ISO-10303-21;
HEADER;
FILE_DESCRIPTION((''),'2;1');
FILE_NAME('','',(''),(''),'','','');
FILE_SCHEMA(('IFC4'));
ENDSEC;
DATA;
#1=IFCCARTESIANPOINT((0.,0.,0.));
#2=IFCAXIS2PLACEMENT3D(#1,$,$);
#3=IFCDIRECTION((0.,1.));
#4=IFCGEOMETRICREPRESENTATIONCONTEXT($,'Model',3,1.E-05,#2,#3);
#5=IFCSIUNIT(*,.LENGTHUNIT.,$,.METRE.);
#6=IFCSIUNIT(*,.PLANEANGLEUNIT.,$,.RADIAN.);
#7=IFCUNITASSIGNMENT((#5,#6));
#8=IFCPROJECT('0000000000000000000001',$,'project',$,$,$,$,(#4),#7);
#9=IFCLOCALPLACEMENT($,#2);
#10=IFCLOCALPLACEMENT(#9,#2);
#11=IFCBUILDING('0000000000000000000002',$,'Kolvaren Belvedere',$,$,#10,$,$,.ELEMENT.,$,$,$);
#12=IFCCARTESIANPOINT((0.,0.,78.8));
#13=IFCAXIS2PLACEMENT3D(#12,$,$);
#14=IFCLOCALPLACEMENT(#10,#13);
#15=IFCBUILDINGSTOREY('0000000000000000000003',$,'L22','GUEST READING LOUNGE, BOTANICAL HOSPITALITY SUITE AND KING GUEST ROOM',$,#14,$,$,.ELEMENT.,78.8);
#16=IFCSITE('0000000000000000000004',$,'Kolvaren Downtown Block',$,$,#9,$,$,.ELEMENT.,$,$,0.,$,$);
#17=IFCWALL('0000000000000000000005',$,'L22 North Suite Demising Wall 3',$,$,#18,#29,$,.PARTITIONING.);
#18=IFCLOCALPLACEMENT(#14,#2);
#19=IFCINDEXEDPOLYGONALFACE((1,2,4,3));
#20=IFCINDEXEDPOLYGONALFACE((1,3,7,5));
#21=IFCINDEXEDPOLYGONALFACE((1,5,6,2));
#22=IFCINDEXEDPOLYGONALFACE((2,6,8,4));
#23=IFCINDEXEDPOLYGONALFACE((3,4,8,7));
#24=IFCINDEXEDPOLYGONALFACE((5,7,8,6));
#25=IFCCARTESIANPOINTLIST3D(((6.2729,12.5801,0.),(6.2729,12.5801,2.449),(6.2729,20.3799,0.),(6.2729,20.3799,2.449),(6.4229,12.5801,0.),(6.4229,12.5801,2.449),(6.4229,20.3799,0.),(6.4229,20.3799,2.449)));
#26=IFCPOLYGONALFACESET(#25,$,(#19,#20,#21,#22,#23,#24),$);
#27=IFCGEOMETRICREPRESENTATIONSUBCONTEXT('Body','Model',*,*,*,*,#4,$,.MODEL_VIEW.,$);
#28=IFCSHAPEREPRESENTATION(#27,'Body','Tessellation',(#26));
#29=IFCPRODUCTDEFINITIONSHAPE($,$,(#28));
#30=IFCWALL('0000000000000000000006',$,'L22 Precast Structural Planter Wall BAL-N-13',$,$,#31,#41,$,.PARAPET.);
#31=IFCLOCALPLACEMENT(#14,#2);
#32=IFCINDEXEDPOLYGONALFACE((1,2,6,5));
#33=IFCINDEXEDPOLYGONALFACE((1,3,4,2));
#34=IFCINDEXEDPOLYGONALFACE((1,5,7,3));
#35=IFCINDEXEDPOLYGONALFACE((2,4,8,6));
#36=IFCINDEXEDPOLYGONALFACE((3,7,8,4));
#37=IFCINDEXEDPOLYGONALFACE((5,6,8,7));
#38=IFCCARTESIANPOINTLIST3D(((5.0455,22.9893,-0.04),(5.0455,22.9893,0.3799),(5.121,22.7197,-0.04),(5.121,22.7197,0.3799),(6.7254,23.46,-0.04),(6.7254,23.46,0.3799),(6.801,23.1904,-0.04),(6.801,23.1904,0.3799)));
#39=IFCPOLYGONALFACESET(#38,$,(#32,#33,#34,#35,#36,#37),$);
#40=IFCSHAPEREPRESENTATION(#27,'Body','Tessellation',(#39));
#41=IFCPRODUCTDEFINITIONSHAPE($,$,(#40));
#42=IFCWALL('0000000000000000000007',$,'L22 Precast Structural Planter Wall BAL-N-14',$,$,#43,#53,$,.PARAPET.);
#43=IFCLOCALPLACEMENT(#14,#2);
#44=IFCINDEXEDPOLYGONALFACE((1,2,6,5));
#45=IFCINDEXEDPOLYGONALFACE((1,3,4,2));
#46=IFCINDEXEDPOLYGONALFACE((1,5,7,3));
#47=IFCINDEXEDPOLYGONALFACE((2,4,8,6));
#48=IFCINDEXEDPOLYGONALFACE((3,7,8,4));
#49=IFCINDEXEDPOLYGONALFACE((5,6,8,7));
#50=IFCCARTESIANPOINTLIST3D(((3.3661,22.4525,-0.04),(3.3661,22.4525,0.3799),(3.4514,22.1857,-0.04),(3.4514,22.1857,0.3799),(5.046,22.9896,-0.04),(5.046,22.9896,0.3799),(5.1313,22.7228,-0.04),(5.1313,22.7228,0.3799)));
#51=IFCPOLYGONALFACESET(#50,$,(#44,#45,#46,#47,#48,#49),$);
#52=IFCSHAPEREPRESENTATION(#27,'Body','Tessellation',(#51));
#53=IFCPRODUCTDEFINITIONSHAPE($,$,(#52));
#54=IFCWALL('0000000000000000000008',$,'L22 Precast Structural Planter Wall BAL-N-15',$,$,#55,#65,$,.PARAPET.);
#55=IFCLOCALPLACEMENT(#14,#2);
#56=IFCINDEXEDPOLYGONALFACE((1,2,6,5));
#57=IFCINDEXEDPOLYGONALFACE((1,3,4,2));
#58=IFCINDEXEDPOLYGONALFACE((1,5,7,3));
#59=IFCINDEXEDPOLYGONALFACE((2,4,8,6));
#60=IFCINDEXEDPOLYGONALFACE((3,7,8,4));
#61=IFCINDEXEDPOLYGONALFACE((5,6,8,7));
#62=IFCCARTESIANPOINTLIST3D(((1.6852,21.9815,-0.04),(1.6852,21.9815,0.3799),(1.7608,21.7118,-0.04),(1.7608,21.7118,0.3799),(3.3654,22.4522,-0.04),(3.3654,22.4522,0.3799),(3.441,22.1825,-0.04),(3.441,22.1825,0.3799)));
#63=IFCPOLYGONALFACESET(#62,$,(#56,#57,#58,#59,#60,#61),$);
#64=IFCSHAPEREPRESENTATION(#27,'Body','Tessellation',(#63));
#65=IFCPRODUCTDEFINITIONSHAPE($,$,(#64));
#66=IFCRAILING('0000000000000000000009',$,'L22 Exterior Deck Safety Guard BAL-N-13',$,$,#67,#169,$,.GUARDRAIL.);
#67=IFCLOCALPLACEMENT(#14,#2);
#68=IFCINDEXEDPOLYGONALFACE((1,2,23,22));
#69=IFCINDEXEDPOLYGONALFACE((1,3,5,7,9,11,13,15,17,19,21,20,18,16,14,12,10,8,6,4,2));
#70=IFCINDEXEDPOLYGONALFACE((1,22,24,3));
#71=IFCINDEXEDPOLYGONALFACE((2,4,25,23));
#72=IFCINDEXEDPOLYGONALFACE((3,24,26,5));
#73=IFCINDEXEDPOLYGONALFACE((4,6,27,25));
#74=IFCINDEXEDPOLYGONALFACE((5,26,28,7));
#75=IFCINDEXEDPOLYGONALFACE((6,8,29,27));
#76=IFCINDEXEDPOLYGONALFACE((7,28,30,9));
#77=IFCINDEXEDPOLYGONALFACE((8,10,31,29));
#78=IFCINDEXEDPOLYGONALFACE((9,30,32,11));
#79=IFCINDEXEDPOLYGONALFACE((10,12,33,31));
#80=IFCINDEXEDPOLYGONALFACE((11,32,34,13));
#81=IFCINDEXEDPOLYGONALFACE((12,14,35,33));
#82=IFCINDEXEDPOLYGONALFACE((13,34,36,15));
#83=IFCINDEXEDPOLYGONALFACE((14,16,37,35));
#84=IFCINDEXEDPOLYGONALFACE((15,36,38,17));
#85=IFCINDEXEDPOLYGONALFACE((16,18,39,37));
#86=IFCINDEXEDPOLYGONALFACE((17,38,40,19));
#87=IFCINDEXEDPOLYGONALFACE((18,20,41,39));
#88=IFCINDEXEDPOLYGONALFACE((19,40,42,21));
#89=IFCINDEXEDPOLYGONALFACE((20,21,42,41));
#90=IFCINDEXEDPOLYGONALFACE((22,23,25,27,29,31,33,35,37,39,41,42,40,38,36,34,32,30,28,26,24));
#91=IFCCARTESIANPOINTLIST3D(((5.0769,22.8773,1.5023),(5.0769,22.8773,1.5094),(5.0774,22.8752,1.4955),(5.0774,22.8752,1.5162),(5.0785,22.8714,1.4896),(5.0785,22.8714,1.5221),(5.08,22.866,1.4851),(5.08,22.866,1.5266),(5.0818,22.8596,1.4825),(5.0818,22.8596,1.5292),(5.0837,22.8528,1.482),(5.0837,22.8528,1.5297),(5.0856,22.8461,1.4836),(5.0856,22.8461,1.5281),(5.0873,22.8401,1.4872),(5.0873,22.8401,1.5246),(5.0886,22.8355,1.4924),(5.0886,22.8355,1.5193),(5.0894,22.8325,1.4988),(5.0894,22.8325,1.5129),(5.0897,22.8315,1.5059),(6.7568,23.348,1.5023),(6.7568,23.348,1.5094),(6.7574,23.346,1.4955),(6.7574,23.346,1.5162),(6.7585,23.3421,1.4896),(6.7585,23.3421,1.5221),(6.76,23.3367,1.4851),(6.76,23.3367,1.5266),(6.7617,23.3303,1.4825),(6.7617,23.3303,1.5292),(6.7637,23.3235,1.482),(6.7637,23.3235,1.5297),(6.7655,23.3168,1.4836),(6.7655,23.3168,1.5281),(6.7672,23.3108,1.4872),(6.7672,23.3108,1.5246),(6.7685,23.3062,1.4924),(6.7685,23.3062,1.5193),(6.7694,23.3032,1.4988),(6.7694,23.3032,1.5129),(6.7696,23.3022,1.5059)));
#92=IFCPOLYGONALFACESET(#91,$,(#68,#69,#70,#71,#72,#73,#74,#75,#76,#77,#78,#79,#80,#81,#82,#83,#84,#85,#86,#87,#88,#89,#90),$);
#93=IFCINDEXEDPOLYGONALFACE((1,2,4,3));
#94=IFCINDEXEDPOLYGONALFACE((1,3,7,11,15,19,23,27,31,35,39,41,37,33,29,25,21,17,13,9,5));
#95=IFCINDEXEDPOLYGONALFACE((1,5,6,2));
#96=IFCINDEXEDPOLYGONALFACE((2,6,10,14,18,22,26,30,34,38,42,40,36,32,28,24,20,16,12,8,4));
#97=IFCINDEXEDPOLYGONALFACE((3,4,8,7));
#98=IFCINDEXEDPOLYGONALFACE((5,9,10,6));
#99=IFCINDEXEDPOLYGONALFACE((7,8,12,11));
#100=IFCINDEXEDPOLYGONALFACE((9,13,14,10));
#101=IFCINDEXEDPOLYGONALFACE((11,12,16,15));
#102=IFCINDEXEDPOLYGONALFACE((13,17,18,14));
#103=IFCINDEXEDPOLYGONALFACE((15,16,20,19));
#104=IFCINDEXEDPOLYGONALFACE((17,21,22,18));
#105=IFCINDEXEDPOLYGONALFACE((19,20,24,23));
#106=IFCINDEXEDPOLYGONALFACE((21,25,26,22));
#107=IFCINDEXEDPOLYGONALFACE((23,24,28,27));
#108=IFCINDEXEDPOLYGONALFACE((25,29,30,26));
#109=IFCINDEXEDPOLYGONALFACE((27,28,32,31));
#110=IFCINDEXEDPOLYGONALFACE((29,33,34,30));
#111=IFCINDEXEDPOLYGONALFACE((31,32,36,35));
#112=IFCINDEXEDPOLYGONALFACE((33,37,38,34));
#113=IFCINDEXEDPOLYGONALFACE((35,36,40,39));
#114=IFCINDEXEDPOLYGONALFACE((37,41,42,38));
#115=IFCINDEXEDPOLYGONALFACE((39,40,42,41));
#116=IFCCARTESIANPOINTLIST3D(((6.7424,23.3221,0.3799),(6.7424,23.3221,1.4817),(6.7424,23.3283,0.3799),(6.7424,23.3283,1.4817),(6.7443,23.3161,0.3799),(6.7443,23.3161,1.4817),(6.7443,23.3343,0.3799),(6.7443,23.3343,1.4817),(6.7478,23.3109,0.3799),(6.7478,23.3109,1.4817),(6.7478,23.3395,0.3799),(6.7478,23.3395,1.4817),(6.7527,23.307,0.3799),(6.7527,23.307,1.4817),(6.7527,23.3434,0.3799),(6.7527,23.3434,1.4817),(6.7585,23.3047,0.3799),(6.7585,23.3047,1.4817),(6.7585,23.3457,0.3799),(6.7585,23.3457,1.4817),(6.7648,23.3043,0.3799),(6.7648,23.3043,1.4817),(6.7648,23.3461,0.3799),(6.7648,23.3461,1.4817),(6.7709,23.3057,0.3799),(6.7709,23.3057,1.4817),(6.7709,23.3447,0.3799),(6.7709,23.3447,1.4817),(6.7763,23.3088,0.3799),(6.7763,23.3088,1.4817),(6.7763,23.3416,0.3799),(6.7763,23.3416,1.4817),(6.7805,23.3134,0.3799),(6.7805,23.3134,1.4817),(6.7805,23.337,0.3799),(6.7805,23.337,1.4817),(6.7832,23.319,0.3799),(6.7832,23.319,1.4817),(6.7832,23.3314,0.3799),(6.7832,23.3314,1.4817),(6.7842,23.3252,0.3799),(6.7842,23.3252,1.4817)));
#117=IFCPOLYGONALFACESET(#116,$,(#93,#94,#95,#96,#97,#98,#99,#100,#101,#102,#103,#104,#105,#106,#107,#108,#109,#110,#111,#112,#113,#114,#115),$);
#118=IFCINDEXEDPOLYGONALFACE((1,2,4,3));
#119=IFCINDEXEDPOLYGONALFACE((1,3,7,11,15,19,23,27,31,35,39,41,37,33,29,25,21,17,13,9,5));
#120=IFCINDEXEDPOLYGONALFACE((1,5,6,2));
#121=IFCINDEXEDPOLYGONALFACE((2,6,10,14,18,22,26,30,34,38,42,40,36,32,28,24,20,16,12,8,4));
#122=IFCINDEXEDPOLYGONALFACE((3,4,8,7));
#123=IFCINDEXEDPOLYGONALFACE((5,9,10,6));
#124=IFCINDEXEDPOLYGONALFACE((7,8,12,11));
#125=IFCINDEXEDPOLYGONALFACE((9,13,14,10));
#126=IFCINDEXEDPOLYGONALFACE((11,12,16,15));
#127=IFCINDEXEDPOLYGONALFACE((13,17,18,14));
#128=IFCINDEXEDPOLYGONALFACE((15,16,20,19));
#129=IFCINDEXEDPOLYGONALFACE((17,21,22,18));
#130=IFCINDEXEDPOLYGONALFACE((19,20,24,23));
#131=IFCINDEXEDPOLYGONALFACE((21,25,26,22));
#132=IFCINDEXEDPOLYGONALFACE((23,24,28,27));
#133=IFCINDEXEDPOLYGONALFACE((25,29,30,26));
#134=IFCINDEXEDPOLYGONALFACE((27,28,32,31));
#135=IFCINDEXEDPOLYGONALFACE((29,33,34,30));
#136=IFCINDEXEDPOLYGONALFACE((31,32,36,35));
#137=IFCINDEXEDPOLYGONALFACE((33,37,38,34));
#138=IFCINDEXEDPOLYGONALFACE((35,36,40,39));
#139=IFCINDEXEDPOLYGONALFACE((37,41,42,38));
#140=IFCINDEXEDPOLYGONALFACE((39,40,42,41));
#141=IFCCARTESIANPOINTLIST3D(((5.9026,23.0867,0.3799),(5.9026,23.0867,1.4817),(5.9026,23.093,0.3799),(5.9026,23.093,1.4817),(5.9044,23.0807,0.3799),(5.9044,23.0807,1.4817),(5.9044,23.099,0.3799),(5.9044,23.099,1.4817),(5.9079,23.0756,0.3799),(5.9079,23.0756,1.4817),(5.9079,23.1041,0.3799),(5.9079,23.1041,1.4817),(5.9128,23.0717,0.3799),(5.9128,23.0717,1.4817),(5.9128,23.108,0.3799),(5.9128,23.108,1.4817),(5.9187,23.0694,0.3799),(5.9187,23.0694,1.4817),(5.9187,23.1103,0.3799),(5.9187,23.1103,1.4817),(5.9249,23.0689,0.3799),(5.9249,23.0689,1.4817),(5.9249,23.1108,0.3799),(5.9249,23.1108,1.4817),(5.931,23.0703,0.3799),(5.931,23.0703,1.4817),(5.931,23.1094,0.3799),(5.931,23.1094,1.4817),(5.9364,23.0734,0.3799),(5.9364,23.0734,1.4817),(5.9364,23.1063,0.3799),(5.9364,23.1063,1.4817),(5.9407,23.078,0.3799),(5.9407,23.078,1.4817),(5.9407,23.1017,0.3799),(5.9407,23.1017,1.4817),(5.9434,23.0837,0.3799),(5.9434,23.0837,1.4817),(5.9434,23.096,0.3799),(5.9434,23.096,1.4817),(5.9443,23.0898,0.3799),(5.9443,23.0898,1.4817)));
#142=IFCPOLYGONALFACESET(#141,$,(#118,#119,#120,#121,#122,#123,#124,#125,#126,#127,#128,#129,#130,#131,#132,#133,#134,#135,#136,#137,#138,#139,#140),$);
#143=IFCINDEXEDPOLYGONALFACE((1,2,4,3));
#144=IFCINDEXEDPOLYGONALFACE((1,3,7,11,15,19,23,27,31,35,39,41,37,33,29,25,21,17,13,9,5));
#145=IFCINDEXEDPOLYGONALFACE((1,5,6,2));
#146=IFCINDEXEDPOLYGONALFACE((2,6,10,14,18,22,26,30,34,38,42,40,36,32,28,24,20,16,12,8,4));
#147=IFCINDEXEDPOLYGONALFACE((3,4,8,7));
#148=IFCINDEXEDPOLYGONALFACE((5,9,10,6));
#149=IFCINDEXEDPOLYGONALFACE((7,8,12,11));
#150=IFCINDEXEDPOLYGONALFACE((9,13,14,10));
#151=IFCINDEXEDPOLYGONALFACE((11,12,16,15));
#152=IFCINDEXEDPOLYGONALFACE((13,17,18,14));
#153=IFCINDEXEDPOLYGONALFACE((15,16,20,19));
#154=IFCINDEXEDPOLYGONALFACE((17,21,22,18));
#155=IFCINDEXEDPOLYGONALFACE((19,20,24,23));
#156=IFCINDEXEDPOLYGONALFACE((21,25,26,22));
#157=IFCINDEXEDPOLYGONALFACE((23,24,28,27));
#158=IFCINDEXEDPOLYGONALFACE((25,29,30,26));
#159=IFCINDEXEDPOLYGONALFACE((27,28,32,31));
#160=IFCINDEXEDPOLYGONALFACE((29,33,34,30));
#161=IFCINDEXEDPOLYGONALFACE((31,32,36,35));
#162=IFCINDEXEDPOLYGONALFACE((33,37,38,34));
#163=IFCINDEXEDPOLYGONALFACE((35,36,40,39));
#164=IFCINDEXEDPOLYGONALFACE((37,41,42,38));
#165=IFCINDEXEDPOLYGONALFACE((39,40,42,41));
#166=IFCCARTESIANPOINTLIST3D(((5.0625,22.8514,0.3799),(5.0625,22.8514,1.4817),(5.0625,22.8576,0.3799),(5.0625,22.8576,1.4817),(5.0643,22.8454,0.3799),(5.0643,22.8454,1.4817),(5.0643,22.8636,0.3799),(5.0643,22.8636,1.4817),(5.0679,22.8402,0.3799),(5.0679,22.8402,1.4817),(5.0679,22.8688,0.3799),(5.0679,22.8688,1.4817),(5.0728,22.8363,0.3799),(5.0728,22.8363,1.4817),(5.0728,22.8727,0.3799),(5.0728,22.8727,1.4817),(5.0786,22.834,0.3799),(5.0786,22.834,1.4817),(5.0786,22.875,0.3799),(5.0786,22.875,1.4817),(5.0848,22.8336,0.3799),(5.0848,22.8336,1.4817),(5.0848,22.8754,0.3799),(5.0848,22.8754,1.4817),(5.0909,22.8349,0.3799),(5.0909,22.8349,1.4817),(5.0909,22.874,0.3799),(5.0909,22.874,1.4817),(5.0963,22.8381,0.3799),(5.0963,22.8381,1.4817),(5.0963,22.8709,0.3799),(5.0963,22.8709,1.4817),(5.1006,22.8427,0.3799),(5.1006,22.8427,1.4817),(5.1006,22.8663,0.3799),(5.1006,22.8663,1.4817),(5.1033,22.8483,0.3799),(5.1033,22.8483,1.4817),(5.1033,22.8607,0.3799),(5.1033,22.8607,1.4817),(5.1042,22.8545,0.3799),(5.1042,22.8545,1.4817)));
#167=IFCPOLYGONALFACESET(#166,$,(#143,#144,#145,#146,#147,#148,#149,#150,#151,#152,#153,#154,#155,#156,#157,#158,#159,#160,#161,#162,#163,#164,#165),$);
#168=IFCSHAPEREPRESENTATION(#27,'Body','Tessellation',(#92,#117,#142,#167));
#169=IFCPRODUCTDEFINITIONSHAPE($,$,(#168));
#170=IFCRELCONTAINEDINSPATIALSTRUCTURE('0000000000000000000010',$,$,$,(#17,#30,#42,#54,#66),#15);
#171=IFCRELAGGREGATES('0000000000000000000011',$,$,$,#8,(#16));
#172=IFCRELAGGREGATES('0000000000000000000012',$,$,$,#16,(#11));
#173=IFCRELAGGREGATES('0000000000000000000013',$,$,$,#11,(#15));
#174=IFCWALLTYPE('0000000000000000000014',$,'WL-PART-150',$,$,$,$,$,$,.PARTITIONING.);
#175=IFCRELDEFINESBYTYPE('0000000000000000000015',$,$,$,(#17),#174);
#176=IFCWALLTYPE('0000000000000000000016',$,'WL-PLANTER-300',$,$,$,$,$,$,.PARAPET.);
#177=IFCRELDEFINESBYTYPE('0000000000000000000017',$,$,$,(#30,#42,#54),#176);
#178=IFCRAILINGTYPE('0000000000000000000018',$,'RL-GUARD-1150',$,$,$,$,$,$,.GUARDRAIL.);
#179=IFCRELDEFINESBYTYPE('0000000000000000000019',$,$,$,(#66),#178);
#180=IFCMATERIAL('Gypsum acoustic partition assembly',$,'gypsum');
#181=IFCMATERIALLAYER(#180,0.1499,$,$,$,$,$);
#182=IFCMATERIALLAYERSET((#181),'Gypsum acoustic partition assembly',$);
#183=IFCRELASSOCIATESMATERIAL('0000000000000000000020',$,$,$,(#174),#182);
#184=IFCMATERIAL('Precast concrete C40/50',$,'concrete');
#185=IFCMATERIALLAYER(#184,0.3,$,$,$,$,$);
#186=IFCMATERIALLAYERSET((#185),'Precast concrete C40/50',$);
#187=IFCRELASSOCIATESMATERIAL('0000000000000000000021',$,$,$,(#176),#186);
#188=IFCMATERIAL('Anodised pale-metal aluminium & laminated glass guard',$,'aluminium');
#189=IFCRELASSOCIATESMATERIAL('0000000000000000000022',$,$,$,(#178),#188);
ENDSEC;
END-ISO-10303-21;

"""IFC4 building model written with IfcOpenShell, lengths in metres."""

from ifc_helpers import new_model, si_unit, direction, frame, frame_2d, origin, origin_2d, place, context, subcontext, project, spatial, rectangle, circle, extrude, material, layer, layer_set, type_object, element, save


model = new_model("IFC4")

# Units and contexts
model_context = context("Model", 3, precision=1e-05, world=origin(), true_north=direction((0.0, 1.0)))
body_context = subcontext(model_context, "Body", "Model", "MODEL_VIEW")
ifc_project = project(units=[si_unit("LENGTHUNIT", "METRE"), si_unit("PLANEANGLEUNIT", "RADIAN")], contexts=[model_context])

# Site, building, storey
site_placement = place(None, origin())
site = spatial("IfcSite", under=ifc_project, at=site_placement, Name="Kolvaren Downtown Block", CompositionType="ELEMENT", RefElevation=0.0)
building_placement = place(site_placement, origin())
building = spatial("IfcBuilding", under=site, at=building_placement, Name="Kolvaren Belvedere", CompositionType="ELEMENT")
storey_placement = place(building_placement, frame((0.0, 0.0, 78.8)))
storey = spatial("IfcBuildingStorey", under=building, at=storey_placement, Name="L22", Description="GUEST READING LOUNGE, BOTANICAL HOSPITALITY SUITE AND KING GUEST ROOM", CompositionType="ELEMENT", Elevation=78.8)

# Walls
ifc_material_1 = material(Name="Gypsum acoustic partition assembly", Category="gypsum")
ifc_layer_1 = layer(ifc_material_1, 0.1499)
ifc_layer_set_1 = layer_set([ifc_layer_1], Name="Gypsum acoustic partition assembly")
wall_type_1 = type_object("IfcWallType", Name="WL-PART-150", PredefinedType="PARTITIONING", material=ifc_layer_set_1)
wall_1_placement = place(storey_placement, frame((6.3479, 12.5801, 0.0), z_axis=(0.0, 0.0, 1.0), x_axis=(0.0, 1.0, 0.0)))
element("IfcWall", 1, at=wall_1_placement, inside=storey, type_object=wall_type_1, Name="L22 North Suite Demising Wall 3", PredefinedType="PARTITIONING", context=body_context, shape_type="SweptSolid", body=[
    extrude(rectangle(XDim=7.7998, YDim=0.1499, at=frame_2d((3.8999, 0.0))), origin(), (0.0, 0.0, 1.0), 2.449),
])
ifc_material_2 = material(Name="Precast concrete C40/50", Category="concrete")
ifc_layer_2 = layer(ifc_material_2, 0.3)
ifc_layer_set_2 = layer_set([ifc_layer_2], Name="Precast concrete C40/50")
wall_type_2 = type_object("IfcWallType", Name="WL-PLANTER-300", PredefinedType="PARAPET", material=ifc_layer_set_2)
wall_2_placement = place(storey_placement, frame((6.7632, 23.3252, -0.04), z_axis=(0.0, 0.0, 1.0), x_axis=(-0.962916, -0.269801, 0.0)))
element("IfcWall", 2, at=wall_2_placement, inside=storey, type_object=wall_type_2, Name="L22 Precast Structural Planter Wall BAL-N-13", PredefinedType="PARAPET", context=body_context, shape_type="SweptSolid", body=[
    extrude(rectangle(XDim=1.7446, YDim=0.28, at=frame_2d((0.8723, 0.0))), origin(), (0.0, 0.0, 1.0), 0.4199),
])
wall_3_placement = place(storey_placement, frame((5.0886, 22.8562, -0.04), z_axis=(0.0, 0.0, 1.0), x_axis=(-0.952501, -0.304535, 0.0)))
element("IfcWall", 3, at=wall_3_placement, inside=storey, type_object=wall_type_2, Name="L22 Precast Structural Planter Wall BAL-N-14", PredefinedType="PARAPET", context=body_context, shape_type="SweptSolid", body=[
    extrude(rectangle(XDim=1.7637, YDim=0.28, at=frame_2d((0.8818, 0.0))), origin(), (0.0, 0.0, 1.0), 0.4199),
])
wall_4_placement = place(storey_placement, frame((3.4033, 22.3174, -0.04), z_axis=(0.0, 0.0, 1.0), x_axis=(-0.962926, -0.269765, 0.0)))
element("IfcWall", 4, at=wall_4_placement, inside=storey, type_object=wall_type_2, Name="L22 Precast Structural Planter Wall BAL-N-15", PredefinedType="PARAPET", context=body_context, shape_type="SweptSolid", body=[
    extrude(rectangle(XDim=1.7449, YDim=0.28, at=frame_2d((0.8726, 0.0))), origin(), (0.0, 0.0, 1.0), 0.4199),
])

# Railing
ifc_material_3 = material(Name="Anodised pale-metal aluminium & laminated glass guard", Category="aluminium")
railing_type = type_object("IfcRailingType", Name="RL-GUARD-1150", PredefinedType="GUARDRAIL", material=ifc_material_3)
railing_1_placement = place(storey_placement, frame((6.7632, 23.3252, 0.3799)))
element("IfcRailing", 5, at=railing_1_placement, inside=storey, type_object=railing_type, Name="L22 Exterior Deck Safety Guard BAL-N-13", PredefinedType="GUARDRAIL", context=body_context, shape_type="SweptSolid", body=[
    extrude(circle(Radius=0.0239, at=origin_2d()), frame((0.0, 0.0, 1.126), z_axis=(-0.962916, -0.269801, 0.0), x_axis=(0.269801, -0.962916, 0.0)), (0.0, 0.0, 1.0), 1.7446),
    extrude(circle(Radius=0.021, at=origin_2d()), origin(), (0.0, 0.0, 1.0), 1.1018),
    extrude(circle(Radius=0.021, at=origin_2d()), frame((-0.8398, -0.2354, 0.0)), (0.0, 0.0, 1.0), 1.1018),
    extrude(circle(Radius=0.021, at=origin_2d()), frame((-1.6799, -0.4707, 0.0)), (0.0, 0.0, 1.0), 1.1018),
])

save(model, "model.ifc")
